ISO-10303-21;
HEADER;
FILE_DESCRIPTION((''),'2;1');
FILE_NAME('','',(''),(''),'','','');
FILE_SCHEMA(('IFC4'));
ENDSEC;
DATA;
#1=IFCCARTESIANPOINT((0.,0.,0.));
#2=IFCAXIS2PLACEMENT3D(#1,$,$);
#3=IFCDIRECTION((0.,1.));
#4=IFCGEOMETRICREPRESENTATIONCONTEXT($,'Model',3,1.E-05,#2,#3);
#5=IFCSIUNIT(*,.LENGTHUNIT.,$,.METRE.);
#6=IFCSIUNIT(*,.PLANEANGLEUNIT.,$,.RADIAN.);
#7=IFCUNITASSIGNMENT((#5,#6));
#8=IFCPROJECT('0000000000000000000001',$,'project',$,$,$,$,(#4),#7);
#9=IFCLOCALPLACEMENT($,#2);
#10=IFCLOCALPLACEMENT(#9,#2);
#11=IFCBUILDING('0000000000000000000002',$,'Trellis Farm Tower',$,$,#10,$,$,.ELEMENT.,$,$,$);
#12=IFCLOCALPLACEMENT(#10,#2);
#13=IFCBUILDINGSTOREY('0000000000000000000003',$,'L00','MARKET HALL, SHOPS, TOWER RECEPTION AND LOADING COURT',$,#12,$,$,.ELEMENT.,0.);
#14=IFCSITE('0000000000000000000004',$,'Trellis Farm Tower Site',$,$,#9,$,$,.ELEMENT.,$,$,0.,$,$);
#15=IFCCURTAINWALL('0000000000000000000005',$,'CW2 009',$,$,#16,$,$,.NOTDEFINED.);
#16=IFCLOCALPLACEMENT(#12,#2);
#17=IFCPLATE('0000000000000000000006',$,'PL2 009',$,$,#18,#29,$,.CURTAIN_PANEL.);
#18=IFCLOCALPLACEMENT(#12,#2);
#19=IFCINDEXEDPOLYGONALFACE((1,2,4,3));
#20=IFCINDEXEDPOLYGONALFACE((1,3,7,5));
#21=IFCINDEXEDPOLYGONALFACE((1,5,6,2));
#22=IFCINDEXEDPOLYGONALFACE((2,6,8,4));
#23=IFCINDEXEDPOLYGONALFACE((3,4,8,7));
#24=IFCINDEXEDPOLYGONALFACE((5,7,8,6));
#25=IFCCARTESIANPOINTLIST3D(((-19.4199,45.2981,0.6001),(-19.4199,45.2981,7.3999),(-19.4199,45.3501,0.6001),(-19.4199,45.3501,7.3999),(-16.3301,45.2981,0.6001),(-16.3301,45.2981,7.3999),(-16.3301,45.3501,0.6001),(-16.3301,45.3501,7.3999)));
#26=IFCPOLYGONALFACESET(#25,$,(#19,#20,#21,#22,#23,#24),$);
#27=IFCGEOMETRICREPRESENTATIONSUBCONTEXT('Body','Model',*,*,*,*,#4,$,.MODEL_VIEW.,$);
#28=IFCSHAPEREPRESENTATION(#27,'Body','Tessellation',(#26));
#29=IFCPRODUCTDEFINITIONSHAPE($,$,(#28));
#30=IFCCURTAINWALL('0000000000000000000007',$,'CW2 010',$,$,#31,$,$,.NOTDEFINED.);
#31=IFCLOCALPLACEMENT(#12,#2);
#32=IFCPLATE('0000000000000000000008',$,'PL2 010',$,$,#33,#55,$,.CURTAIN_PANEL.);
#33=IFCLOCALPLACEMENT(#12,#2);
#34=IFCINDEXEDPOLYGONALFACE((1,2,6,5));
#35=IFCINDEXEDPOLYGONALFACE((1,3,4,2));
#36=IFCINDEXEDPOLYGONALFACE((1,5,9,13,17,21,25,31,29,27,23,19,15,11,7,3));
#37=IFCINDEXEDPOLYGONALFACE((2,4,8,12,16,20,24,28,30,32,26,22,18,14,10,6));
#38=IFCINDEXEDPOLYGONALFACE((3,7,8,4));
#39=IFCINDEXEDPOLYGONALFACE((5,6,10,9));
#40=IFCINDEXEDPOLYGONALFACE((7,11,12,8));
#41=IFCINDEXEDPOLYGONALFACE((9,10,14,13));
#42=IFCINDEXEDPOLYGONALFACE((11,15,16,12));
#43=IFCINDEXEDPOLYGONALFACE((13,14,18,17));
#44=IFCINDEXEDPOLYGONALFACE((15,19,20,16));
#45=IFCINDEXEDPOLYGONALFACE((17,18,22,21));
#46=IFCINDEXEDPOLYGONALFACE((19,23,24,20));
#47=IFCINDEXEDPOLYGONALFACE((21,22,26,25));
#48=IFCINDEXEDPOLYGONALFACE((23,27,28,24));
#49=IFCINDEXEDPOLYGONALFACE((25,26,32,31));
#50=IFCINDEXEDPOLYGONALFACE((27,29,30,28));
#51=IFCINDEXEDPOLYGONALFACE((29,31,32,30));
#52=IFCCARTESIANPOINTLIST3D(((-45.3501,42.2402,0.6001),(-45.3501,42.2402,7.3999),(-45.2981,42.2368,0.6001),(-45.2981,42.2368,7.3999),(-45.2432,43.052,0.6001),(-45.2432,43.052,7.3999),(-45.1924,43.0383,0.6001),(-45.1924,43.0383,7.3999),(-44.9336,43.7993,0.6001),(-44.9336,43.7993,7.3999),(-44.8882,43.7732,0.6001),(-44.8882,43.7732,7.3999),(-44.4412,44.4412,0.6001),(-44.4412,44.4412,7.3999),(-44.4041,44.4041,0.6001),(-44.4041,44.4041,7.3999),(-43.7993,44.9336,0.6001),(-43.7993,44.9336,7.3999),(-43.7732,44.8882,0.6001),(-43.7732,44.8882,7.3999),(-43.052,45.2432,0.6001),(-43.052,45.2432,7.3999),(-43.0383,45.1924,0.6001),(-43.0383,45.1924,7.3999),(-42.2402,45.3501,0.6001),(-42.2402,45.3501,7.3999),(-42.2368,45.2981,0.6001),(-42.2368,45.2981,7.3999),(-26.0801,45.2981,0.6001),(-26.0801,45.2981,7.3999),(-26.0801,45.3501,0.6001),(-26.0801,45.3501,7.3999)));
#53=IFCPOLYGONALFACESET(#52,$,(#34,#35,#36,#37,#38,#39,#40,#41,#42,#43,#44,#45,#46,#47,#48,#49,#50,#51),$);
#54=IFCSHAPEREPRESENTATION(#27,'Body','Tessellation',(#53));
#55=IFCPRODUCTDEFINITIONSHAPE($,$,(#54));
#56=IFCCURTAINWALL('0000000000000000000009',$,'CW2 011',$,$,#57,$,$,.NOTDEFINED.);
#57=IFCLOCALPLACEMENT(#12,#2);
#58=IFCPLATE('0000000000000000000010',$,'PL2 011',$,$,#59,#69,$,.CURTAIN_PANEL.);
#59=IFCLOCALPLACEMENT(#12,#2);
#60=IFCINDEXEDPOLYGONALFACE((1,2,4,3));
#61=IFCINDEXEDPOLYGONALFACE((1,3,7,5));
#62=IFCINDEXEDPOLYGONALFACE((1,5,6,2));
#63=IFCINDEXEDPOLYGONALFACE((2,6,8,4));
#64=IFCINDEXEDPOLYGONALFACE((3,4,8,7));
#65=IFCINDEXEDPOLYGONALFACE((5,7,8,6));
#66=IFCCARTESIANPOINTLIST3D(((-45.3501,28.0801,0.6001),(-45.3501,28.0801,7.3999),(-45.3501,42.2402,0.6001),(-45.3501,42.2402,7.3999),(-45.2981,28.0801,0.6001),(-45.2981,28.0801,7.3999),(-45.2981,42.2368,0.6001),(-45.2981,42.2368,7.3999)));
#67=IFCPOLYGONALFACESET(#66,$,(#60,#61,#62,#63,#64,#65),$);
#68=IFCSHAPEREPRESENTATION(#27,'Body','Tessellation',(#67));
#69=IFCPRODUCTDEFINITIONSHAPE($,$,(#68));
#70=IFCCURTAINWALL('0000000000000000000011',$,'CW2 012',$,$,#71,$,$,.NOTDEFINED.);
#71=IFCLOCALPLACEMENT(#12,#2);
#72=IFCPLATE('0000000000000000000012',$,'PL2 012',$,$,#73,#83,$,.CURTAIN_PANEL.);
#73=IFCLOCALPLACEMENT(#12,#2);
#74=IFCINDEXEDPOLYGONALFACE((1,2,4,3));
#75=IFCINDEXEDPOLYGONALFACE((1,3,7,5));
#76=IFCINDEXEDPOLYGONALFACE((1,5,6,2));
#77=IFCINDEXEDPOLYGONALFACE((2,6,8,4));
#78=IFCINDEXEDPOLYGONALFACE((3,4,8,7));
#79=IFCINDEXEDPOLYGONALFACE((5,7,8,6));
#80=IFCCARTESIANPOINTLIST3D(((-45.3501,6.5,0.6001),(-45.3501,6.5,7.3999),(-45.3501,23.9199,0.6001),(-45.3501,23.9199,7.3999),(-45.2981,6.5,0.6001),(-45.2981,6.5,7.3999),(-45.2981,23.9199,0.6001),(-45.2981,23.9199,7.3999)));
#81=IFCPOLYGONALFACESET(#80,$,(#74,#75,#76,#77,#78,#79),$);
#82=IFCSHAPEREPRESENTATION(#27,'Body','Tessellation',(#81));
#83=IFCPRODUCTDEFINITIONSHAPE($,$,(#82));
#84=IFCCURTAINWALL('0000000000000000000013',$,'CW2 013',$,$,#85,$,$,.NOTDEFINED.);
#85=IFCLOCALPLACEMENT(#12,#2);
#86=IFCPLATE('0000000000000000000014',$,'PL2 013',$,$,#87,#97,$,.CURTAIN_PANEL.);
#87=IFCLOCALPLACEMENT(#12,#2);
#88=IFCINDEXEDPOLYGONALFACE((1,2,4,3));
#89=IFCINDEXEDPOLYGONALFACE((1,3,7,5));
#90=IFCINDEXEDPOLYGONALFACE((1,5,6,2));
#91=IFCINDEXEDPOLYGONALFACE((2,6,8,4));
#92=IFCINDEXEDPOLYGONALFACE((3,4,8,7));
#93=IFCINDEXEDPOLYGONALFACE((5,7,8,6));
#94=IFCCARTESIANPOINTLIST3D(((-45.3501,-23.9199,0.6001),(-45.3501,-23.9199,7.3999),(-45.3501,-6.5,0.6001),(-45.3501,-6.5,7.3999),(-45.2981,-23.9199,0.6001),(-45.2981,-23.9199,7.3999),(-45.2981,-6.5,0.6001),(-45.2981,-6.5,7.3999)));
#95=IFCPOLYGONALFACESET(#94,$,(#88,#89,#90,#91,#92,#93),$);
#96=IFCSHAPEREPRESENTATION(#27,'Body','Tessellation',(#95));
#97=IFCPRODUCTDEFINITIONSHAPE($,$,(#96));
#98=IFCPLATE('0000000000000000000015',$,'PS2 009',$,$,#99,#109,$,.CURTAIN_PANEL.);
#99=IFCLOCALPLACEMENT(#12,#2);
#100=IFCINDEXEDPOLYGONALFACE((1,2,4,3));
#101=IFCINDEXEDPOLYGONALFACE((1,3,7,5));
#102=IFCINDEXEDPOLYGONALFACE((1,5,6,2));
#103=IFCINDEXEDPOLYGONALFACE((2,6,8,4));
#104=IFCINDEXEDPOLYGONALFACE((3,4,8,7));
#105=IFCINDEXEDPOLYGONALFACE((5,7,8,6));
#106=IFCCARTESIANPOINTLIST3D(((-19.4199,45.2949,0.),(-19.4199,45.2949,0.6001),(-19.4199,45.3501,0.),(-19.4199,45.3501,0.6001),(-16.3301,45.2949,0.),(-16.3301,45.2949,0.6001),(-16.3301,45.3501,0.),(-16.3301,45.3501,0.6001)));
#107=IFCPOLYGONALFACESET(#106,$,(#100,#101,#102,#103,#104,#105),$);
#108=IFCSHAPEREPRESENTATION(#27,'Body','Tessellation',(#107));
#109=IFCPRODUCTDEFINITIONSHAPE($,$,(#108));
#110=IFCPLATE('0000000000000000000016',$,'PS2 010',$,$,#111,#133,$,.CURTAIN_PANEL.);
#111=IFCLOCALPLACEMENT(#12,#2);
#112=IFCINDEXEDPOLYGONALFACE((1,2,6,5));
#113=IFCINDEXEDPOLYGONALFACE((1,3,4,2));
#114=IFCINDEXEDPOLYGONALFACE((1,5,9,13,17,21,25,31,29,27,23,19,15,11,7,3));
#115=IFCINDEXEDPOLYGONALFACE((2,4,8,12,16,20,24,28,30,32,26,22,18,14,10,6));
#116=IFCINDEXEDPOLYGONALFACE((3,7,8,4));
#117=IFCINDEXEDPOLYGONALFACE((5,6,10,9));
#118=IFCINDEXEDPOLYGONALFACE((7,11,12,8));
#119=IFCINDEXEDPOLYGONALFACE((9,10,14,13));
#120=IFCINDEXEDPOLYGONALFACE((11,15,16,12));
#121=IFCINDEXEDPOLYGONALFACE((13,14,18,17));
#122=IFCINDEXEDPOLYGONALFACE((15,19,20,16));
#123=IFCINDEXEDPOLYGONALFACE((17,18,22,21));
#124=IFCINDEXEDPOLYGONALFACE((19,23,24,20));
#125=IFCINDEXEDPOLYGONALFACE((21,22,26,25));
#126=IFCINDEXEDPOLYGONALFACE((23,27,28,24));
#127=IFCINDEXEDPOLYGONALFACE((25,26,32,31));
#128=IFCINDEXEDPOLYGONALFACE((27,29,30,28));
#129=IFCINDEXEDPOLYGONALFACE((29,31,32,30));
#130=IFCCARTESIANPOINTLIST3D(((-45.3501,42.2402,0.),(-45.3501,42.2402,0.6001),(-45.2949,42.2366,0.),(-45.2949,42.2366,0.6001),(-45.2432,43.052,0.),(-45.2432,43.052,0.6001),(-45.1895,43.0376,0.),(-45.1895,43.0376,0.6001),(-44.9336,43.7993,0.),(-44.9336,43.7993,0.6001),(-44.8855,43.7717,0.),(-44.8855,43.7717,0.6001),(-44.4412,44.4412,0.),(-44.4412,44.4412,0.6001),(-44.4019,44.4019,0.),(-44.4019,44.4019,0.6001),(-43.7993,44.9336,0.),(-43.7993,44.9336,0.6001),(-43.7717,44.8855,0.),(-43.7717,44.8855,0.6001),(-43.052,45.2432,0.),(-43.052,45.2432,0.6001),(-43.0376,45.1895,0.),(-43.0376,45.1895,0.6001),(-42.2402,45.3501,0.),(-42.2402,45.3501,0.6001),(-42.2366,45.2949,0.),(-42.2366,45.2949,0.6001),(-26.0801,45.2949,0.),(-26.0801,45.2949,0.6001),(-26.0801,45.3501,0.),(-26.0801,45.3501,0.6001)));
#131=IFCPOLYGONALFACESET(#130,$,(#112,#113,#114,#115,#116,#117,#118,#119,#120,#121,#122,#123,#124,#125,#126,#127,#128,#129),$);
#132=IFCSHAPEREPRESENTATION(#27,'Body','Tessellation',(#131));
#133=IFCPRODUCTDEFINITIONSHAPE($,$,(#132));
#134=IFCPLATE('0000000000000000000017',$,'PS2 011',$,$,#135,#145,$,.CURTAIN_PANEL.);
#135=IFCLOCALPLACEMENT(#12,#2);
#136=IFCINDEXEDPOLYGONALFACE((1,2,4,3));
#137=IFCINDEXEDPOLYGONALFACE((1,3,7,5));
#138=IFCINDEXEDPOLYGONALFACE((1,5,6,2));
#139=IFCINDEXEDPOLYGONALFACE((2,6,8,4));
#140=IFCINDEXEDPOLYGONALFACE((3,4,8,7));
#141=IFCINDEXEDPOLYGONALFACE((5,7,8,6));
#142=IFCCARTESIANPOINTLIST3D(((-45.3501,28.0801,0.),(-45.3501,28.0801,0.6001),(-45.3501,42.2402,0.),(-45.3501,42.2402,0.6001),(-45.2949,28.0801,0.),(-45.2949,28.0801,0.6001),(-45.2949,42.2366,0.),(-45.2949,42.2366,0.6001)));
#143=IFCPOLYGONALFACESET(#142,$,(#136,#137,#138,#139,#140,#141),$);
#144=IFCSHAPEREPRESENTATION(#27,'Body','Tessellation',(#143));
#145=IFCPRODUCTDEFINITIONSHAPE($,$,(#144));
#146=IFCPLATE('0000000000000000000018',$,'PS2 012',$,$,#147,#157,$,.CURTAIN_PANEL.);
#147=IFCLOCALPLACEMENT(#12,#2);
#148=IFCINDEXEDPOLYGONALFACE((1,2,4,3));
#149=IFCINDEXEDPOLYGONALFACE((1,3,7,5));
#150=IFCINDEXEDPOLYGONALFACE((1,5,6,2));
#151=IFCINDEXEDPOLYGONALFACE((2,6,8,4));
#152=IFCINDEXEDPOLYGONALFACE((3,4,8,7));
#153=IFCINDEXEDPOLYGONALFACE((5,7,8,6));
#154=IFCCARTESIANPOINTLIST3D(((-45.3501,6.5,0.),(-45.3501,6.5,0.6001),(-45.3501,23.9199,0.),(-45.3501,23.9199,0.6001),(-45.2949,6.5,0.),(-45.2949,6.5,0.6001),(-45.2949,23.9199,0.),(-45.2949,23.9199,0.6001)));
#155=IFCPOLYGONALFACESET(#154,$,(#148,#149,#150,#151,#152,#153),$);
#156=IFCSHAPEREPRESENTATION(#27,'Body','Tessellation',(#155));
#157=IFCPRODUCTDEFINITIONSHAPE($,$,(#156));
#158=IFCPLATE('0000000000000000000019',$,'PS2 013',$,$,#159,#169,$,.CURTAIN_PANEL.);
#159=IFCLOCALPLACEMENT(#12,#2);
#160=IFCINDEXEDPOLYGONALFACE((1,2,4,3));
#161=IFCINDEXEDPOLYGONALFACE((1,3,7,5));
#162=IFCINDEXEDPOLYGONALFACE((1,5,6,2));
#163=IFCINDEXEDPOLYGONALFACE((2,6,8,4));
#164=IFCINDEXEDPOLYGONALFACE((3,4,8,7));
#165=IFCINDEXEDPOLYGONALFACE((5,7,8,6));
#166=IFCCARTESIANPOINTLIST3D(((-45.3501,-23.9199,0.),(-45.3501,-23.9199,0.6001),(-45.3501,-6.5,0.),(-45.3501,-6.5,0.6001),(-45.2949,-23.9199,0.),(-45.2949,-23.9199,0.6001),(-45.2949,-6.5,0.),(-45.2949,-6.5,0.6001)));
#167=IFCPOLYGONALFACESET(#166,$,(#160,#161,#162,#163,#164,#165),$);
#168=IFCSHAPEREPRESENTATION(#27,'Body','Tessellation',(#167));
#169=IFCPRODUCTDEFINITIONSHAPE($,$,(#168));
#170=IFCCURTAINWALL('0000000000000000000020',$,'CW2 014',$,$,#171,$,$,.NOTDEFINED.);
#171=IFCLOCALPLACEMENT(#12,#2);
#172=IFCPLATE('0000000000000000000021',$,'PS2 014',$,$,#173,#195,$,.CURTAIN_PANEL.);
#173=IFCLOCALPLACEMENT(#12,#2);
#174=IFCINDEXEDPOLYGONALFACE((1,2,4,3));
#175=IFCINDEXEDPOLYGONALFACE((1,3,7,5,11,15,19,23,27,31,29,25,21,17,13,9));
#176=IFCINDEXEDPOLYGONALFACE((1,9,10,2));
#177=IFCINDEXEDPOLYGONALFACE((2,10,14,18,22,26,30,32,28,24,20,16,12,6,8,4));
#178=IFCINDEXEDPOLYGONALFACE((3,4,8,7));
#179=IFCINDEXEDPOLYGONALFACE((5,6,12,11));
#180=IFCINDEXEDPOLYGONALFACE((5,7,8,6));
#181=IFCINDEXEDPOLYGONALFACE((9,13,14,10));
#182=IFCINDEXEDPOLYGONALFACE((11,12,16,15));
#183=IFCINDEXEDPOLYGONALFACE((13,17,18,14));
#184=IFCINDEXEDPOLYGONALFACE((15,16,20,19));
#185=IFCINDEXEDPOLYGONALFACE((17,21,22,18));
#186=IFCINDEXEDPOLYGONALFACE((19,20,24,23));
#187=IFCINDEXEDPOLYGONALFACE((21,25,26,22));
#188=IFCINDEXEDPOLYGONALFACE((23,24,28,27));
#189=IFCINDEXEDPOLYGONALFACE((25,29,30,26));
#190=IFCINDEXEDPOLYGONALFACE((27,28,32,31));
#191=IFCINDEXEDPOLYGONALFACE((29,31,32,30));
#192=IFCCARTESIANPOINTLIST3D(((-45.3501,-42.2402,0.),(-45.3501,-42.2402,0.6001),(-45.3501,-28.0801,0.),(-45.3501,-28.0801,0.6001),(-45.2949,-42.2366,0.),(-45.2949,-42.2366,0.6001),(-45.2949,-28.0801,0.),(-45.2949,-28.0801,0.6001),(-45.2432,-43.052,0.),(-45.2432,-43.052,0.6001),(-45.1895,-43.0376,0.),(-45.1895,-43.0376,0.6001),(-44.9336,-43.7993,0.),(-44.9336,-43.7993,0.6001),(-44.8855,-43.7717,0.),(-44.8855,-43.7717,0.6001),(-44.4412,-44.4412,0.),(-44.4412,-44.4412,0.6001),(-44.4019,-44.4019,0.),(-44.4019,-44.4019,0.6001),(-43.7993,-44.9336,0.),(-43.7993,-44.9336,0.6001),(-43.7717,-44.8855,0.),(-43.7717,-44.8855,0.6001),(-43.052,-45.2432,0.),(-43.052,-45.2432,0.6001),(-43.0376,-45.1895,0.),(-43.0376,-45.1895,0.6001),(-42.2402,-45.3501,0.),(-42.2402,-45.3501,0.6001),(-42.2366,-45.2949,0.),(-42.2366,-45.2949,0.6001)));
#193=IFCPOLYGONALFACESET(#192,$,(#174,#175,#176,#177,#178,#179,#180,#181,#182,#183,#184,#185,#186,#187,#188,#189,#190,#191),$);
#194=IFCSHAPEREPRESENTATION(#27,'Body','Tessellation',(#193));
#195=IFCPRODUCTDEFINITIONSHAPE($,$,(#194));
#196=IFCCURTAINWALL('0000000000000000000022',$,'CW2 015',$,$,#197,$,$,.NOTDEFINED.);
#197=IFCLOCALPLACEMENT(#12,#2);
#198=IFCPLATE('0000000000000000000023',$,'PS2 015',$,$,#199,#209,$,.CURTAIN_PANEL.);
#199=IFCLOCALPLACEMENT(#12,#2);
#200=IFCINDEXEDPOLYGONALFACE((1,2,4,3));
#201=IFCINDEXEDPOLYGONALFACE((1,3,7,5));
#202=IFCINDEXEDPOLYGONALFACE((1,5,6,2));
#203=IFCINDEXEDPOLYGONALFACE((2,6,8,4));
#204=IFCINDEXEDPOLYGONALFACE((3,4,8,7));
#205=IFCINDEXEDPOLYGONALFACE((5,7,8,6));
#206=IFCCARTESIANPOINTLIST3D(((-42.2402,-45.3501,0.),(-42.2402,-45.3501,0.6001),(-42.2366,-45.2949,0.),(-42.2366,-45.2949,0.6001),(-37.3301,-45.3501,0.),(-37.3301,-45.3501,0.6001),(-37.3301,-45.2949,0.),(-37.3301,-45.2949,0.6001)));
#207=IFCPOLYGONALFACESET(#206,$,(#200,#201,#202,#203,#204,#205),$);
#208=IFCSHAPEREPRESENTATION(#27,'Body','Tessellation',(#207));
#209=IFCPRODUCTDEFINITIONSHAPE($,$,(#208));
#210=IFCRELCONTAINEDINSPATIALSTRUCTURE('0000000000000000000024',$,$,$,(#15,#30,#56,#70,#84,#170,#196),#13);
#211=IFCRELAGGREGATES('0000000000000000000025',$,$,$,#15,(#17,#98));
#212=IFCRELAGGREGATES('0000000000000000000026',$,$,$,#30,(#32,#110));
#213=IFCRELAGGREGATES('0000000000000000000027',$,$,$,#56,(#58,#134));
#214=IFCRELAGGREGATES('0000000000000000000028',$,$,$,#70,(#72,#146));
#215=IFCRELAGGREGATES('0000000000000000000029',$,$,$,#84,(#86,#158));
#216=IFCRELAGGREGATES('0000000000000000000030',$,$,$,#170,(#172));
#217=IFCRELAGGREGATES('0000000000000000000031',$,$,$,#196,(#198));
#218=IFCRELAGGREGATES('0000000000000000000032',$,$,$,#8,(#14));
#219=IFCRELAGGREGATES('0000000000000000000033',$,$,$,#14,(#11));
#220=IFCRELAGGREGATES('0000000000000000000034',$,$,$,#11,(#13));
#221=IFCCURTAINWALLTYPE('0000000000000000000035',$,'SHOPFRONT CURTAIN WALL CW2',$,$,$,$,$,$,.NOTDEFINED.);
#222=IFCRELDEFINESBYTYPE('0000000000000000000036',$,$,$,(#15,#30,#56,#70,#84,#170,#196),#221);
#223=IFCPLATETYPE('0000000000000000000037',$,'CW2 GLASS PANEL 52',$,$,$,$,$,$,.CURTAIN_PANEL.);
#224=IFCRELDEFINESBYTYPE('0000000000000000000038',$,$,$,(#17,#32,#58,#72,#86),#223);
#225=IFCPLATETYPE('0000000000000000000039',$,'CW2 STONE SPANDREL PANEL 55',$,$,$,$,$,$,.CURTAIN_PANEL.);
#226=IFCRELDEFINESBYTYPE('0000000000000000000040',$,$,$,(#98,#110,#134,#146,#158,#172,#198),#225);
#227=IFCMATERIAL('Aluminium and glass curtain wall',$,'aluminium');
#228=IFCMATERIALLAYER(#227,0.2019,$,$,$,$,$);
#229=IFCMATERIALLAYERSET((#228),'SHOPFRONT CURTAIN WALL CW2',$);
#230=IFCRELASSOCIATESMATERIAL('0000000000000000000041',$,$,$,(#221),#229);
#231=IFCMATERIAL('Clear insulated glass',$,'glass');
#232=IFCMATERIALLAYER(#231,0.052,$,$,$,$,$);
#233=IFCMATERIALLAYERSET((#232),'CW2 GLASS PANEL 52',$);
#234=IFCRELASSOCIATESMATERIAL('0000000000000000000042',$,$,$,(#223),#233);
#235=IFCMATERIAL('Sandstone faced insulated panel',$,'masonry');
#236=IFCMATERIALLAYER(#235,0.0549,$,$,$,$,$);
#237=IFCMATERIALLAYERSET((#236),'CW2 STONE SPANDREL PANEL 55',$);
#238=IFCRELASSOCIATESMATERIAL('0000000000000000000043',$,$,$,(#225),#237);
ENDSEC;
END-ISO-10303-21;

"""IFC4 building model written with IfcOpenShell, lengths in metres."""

from ifc_helpers import new_model, si_unit, direction, frame, origin, place, context, subcontext, project, spatial, polyline, outline, extrude, material, layer, layer_set, type_object, element, aggregate, save


model = new_model("IFC4")

# Units and contexts
model_context = context("Model", 3, precision=1e-05, world=origin(), true_north=direction((0.0, 1.0)))
body_context = subcontext(model_context, "Body", "Model", "MODEL_VIEW")
ifc_project = project(units=[si_unit("LENGTHUNIT", "METRE"), si_unit("PLANEANGLEUNIT", "RADIAN")], contexts=[model_context])

# Site, building, storey
site_placement = place(None, origin())
site = spatial("IfcSite", under=ifc_project, at=site_placement, Name="Trellis Farm Tower Site", CompositionType="ELEMENT", RefElevation=0.0)
building_placement = place(site_placement, origin())
building = spatial("IfcBuilding", under=site, at=building_placement, Name="Trellis Farm Tower", CompositionType="ELEMENT")
storey_placement = place(building_placement, origin())
storey = spatial("IfcBuildingStorey", under=building, at=storey_placement, Name="L00", Description="MARKET HALL, SHOPS, TOWER RECEPTION AND LOADING COURT", CompositionType="ELEMENT", Elevation=0.0)

# Curtain walls, plates
ifc_material_1 = material(Name="Aluminium and glass curtain wall", Category="aluminium")
ifc_layer_1 = layer(ifc_material_1, 0.2019)
ifc_layer_set_1 = layer_set([ifc_layer_1], Name="SHOPFRONT CURTAIN WALL CW2")
curtain_wall_type_1 = type_object("IfcCurtainWallType", Name="SHOPFRONT CURTAIN WALL CW2", PredefinedType="NOTDEFINED", material=ifc_layer_set_1)
placement_1 = place(storey_placement, origin())
curtain_wall_1 = element("IfcCurtainWall", 1, at=placement_1, inside=storey, type_object=curtain_wall_type_1, Name="CW2 009", PredefinedType="NOTDEFINED")
ifc_material_2 = material(Name="Clear insulated glass", Category="glass")
ifc_layer_2 = layer(ifc_material_2, 0.052)
ifc_layer_set_2 = layer_set([ifc_layer_2], Name="CW2 GLASS PANEL 52")
plate_type_1 = type_object("IfcPlateType", Name="CW2 GLASS PANEL 52", PredefinedType="CURTAIN_PANEL", material=ifc_layer_set_2)
placement_2 = place(storey_placement, frame((0.0, 0.0, 0.6001)))
plate_1 = element("IfcPlate", 2, at=placement_2, type_object=plate_type_1, Name="PL2 009", PredefinedType="CURTAIN_PANEL", context=body_context, shape_type="SweptSolid", body=[
    extrude(outline(polyline([(-16.3301, 45.3501), (-19.4199, 45.3501), (-19.4199, 45.2981), (-16.3301, 45.2981), (-16.3301, 45.3501)])), origin(), (0.0, 0.0, 1.0), 6.7998),
])
curtain_wall_2 = element("IfcCurtainWall", 3, at=placement_1, inside=storey, type_object=curtain_wall_type_1, Name="CW2 010", PredefinedType="NOTDEFINED")
plate_2 = element("IfcPlate", 4, at=placement_2, type_object=plate_type_1, Name="PL2 010", PredefinedType="CURTAIN_PANEL", context=body_context, shape_type="SweptSolid", body=[
    extrude(outline(polyline([(-26.0801, 45.3501), (-42.2402, 45.3501), (-43.052, 45.2432), (-43.7993, 44.9336), (-44.4412, 44.4412), (-44.9336, 43.7993), (-45.2432, 43.052), (-45.3501, 42.2402), (-45.2981, 42.2368), (-45.1924, 43.0383), (-44.8882, 43.7732), (-44.4041, 44.4041), (-43.7732, 44.8882), (-43.0383, 45.1924), (-42.2368, 45.2981), (-26.0801, 45.2981), (-26.0801, 45.3501)])), origin(), (0.0, 0.0, 1.0), 6.7998),
])
curtain_wall_3 = element("IfcCurtainWall", 5, at=placement_1, inside=storey, type_object=curtain_wall_type_1, Name="CW2 011", PredefinedType="NOTDEFINED")
plate_3 = element("IfcPlate", 6, at=placement_2, type_object=plate_type_1, Name="PL2 011", PredefinedType="CURTAIN_PANEL", context=body_context, shape_type="SweptSolid", body=[
    extrude(outline(polyline([(-45.3501, 42.2402), (-45.3501, 28.0801), (-45.2981, 28.0801), (-45.2981, 42.2368), (-45.3501, 42.2402)])), origin(), (0.0, 0.0, 1.0), 6.7998),
])
curtain_wall_4 = element("IfcCurtainWall", 7, at=placement_1, inside=storey, type_object=curtain_wall_type_1, Name="CW2 012", PredefinedType="NOTDEFINED")
plate_4 = element("IfcPlate", 8, at=placement_2, type_object=plate_type_1, Name="PL2 012", PredefinedType="CURTAIN_PANEL", context=body_context, shape_type="SweptSolid", body=[
    extrude(outline(polyline([(-45.3501, 23.9199), (-45.3501, 6.5), (-45.2981, 6.5), (-45.2981, 23.9199), (-45.3501, 23.9199)])), origin(), (0.0, 0.0, 1.0), 6.7998),
])
curtain_wall_5 = element("IfcCurtainWall", 9, at=placement_1, inside=storey, type_object=curtain_wall_type_1, Name="CW2 013", PredefinedType="NOTDEFINED")
plate_5 = element("IfcPlate", 10, at=placement_2, type_object=plate_type_1, Name="PL2 013", PredefinedType="CURTAIN_PANEL", context=body_context, shape_type="SweptSolid", body=[
    extrude(outline(polyline([(-45.3501, -6.5), (-45.3501, -23.9199), (-45.2981, -23.9199), (-45.2981, -6.5), (-45.3501, -6.5)])), origin(), (0.0, 0.0, 1.0), 6.7998),
])

# Plates
ifc_material_3 = material(Name="Sandstone faced insulated panel", Category="masonry")
ifc_layer_3 = layer(ifc_material_3, 0.0549)
ifc_layer_set_3 = layer_set([ifc_layer_3], Name="CW2 STONE SPANDREL PANEL 55")
plate_type_2 = type_object("IfcPlateType", Name="CW2 STONE SPANDREL PANEL 55", PredefinedType="CURTAIN_PANEL", material=ifc_layer_set_3)
plate_6 = element("IfcPlate", 11, at=placement_1, type_object=plate_type_2, Name="PS2 009", PredefinedType="CURTAIN_PANEL", context=body_context, shape_type="SweptSolid", body=[
    extrude(outline(polyline([(-16.3301, 45.3501), (-19.4199, 45.3501), (-19.4199, 45.2949), (-16.3301, 45.2949), (-16.3301, 45.3501)])), origin(), (0.0, 0.0, 1.0), 0.6001),
])
aggregate(curtain_wall_1, [plate_1, plate_6])
plate_7 = element("IfcPlate", 12, at=placement_1, type_object=plate_type_2, Name="PS2 010", PredefinedType="CURTAIN_PANEL", context=body_context, shape_type="SweptSolid", body=[
    extrude(outline(polyline([(-26.0801, 45.3501), (-42.2402, 45.3501), (-43.052, 45.2432), (-43.7993, 44.9336), (-44.4412, 44.4412), (-44.9336, 43.7993), (-45.2432, 43.052), (-45.3501, 42.2402), (-45.2949, 42.2366), (-45.1895, 43.0376), (-44.8855, 43.7717), (-44.4019, 44.4019), (-43.7717, 44.8855), (-43.0376, 45.1895), (-42.2366, 45.2949), (-26.0801, 45.2949), (-26.0801, 45.3501)])), origin(), (0.0, 0.0, 1.0), 0.6001),
])
aggregate(curtain_wall_2, [plate_2, plate_7])
plate_8 = element("IfcPlate", 13, at=placement_1, type_object=plate_type_2, Name="PS2 011", PredefinedType="CURTAIN_PANEL", context=body_context, shape_type="SweptSolid", body=[
    extrude(outline(polyline([(-45.3501, 42.2402), (-45.3501, 28.0801), (-45.2949, 28.0801), (-45.2949, 42.2366), (-45.3501, 42.2402)])), origin(), (0.0, 0.0, 1.0), 0.6001),
])
aggregate(curtain_wall_3, [plate_3, plate_8])
plate_9 = element("IfcPlate", 14, at=placement_1, type_object=plate_type_2, Name="PS2 012", PredefinedType="CURTAIN_PANEL", context=body_context, shape_type="SweptSolid", body=[
    extrude(outline(polyline([(-45.3501, 23.9199), (-45.3501, 6.5), (-45.2949, 6.5), (-45.2949, 23.9199), (-45.3501, 23.9199)])), origin(), (0.0, 0.0, 1.0), 0.6001),
])
aggregate(curtain_wall_4, [plate_4, plate_9])
plate_10 = element("IfcPlate", 15, at=placement_1, type_object=plate_type_2, Name="PS2 013", PredefinedType="CURTAIN_PANEL", context=body_context, shape_type="SweptSolid", body=[
    extrude(outline(polyline([(-45.3501, -6.5), (-45.3501, -23.9199), (-45.2949, -23.9199), (-45.2949, -6.5), (-45.3501, -6.5)])), origin(), (0.0, 0.0, 1.0), 0.6001),
])
aggregate(curtain_wall_5, [plate_5, plate_10])

# Curtain walls, plates
curtain_wall_6 = element("IfcCurtainWall", 16, at=placement_1, inside=storey, type_object=curtain_wall_type_1, Name="CW2 014", PredefinedType="NOTDEFINED")
plate_11 = element("IfcPlate", 17, at=placement_1, type_object=plate_type_2, Name="PS2 014", PredefinedType="CURTAIN_PANEL", context=body_context, shape_type="SweptSolid", body=[
    extrude(outline(polyline([(-45.3501, -28.0801), (-45.3501, -42.2402), (-45.2432, -43.052), (-44.9336, -43.7993), (-44.4412, -44.4412), (-43.7993, -44.9336), (-43.052, -45.2432), (-42.2402, -45.3501), (-42.2366, -45.2949), (-43.0376, -45.1895), (-43.7717, -44.8855), (-44.4019, -44.4019), (-44.8855, -43.7717), (-45.1895, -43.0376), (-45.2949, -42.2366), (-45.2949, -28.0801), (-45.3501, -28.0801)])), origin(), (0.0, 0.0, 1.0), 0.6001),
])
aggregate(curtain_wall_6, [plate_11])
curtain_wall_7 = element("IfcCurtainWall", 18, at=placement_1, inside=storey, type_object=curtain_wall_type_1, Name="CW2 015", PredefinedType="NOTDEFINED")
plate_12 = element("IfcPlate", 19, at=placement_1, type_object=plate_type_2, Name="PS2 015", PredefinedType="CURTAIN_PANEL", context=body_context, shape_type="SweptSolid", body=[
    extrude(outline(polyline([(-42.2402, -45.3501), (-37.3301, -45.3501), (-37.3301, -45.2949), (-42.2366, -45.2949), (-42.2402, -45.3501)])), origin(), (0.0, 0.0, 1.0), 0.6001),
])
aggregate(curtain_wall_7, [plate_12])

save(model, "model.ifc")
